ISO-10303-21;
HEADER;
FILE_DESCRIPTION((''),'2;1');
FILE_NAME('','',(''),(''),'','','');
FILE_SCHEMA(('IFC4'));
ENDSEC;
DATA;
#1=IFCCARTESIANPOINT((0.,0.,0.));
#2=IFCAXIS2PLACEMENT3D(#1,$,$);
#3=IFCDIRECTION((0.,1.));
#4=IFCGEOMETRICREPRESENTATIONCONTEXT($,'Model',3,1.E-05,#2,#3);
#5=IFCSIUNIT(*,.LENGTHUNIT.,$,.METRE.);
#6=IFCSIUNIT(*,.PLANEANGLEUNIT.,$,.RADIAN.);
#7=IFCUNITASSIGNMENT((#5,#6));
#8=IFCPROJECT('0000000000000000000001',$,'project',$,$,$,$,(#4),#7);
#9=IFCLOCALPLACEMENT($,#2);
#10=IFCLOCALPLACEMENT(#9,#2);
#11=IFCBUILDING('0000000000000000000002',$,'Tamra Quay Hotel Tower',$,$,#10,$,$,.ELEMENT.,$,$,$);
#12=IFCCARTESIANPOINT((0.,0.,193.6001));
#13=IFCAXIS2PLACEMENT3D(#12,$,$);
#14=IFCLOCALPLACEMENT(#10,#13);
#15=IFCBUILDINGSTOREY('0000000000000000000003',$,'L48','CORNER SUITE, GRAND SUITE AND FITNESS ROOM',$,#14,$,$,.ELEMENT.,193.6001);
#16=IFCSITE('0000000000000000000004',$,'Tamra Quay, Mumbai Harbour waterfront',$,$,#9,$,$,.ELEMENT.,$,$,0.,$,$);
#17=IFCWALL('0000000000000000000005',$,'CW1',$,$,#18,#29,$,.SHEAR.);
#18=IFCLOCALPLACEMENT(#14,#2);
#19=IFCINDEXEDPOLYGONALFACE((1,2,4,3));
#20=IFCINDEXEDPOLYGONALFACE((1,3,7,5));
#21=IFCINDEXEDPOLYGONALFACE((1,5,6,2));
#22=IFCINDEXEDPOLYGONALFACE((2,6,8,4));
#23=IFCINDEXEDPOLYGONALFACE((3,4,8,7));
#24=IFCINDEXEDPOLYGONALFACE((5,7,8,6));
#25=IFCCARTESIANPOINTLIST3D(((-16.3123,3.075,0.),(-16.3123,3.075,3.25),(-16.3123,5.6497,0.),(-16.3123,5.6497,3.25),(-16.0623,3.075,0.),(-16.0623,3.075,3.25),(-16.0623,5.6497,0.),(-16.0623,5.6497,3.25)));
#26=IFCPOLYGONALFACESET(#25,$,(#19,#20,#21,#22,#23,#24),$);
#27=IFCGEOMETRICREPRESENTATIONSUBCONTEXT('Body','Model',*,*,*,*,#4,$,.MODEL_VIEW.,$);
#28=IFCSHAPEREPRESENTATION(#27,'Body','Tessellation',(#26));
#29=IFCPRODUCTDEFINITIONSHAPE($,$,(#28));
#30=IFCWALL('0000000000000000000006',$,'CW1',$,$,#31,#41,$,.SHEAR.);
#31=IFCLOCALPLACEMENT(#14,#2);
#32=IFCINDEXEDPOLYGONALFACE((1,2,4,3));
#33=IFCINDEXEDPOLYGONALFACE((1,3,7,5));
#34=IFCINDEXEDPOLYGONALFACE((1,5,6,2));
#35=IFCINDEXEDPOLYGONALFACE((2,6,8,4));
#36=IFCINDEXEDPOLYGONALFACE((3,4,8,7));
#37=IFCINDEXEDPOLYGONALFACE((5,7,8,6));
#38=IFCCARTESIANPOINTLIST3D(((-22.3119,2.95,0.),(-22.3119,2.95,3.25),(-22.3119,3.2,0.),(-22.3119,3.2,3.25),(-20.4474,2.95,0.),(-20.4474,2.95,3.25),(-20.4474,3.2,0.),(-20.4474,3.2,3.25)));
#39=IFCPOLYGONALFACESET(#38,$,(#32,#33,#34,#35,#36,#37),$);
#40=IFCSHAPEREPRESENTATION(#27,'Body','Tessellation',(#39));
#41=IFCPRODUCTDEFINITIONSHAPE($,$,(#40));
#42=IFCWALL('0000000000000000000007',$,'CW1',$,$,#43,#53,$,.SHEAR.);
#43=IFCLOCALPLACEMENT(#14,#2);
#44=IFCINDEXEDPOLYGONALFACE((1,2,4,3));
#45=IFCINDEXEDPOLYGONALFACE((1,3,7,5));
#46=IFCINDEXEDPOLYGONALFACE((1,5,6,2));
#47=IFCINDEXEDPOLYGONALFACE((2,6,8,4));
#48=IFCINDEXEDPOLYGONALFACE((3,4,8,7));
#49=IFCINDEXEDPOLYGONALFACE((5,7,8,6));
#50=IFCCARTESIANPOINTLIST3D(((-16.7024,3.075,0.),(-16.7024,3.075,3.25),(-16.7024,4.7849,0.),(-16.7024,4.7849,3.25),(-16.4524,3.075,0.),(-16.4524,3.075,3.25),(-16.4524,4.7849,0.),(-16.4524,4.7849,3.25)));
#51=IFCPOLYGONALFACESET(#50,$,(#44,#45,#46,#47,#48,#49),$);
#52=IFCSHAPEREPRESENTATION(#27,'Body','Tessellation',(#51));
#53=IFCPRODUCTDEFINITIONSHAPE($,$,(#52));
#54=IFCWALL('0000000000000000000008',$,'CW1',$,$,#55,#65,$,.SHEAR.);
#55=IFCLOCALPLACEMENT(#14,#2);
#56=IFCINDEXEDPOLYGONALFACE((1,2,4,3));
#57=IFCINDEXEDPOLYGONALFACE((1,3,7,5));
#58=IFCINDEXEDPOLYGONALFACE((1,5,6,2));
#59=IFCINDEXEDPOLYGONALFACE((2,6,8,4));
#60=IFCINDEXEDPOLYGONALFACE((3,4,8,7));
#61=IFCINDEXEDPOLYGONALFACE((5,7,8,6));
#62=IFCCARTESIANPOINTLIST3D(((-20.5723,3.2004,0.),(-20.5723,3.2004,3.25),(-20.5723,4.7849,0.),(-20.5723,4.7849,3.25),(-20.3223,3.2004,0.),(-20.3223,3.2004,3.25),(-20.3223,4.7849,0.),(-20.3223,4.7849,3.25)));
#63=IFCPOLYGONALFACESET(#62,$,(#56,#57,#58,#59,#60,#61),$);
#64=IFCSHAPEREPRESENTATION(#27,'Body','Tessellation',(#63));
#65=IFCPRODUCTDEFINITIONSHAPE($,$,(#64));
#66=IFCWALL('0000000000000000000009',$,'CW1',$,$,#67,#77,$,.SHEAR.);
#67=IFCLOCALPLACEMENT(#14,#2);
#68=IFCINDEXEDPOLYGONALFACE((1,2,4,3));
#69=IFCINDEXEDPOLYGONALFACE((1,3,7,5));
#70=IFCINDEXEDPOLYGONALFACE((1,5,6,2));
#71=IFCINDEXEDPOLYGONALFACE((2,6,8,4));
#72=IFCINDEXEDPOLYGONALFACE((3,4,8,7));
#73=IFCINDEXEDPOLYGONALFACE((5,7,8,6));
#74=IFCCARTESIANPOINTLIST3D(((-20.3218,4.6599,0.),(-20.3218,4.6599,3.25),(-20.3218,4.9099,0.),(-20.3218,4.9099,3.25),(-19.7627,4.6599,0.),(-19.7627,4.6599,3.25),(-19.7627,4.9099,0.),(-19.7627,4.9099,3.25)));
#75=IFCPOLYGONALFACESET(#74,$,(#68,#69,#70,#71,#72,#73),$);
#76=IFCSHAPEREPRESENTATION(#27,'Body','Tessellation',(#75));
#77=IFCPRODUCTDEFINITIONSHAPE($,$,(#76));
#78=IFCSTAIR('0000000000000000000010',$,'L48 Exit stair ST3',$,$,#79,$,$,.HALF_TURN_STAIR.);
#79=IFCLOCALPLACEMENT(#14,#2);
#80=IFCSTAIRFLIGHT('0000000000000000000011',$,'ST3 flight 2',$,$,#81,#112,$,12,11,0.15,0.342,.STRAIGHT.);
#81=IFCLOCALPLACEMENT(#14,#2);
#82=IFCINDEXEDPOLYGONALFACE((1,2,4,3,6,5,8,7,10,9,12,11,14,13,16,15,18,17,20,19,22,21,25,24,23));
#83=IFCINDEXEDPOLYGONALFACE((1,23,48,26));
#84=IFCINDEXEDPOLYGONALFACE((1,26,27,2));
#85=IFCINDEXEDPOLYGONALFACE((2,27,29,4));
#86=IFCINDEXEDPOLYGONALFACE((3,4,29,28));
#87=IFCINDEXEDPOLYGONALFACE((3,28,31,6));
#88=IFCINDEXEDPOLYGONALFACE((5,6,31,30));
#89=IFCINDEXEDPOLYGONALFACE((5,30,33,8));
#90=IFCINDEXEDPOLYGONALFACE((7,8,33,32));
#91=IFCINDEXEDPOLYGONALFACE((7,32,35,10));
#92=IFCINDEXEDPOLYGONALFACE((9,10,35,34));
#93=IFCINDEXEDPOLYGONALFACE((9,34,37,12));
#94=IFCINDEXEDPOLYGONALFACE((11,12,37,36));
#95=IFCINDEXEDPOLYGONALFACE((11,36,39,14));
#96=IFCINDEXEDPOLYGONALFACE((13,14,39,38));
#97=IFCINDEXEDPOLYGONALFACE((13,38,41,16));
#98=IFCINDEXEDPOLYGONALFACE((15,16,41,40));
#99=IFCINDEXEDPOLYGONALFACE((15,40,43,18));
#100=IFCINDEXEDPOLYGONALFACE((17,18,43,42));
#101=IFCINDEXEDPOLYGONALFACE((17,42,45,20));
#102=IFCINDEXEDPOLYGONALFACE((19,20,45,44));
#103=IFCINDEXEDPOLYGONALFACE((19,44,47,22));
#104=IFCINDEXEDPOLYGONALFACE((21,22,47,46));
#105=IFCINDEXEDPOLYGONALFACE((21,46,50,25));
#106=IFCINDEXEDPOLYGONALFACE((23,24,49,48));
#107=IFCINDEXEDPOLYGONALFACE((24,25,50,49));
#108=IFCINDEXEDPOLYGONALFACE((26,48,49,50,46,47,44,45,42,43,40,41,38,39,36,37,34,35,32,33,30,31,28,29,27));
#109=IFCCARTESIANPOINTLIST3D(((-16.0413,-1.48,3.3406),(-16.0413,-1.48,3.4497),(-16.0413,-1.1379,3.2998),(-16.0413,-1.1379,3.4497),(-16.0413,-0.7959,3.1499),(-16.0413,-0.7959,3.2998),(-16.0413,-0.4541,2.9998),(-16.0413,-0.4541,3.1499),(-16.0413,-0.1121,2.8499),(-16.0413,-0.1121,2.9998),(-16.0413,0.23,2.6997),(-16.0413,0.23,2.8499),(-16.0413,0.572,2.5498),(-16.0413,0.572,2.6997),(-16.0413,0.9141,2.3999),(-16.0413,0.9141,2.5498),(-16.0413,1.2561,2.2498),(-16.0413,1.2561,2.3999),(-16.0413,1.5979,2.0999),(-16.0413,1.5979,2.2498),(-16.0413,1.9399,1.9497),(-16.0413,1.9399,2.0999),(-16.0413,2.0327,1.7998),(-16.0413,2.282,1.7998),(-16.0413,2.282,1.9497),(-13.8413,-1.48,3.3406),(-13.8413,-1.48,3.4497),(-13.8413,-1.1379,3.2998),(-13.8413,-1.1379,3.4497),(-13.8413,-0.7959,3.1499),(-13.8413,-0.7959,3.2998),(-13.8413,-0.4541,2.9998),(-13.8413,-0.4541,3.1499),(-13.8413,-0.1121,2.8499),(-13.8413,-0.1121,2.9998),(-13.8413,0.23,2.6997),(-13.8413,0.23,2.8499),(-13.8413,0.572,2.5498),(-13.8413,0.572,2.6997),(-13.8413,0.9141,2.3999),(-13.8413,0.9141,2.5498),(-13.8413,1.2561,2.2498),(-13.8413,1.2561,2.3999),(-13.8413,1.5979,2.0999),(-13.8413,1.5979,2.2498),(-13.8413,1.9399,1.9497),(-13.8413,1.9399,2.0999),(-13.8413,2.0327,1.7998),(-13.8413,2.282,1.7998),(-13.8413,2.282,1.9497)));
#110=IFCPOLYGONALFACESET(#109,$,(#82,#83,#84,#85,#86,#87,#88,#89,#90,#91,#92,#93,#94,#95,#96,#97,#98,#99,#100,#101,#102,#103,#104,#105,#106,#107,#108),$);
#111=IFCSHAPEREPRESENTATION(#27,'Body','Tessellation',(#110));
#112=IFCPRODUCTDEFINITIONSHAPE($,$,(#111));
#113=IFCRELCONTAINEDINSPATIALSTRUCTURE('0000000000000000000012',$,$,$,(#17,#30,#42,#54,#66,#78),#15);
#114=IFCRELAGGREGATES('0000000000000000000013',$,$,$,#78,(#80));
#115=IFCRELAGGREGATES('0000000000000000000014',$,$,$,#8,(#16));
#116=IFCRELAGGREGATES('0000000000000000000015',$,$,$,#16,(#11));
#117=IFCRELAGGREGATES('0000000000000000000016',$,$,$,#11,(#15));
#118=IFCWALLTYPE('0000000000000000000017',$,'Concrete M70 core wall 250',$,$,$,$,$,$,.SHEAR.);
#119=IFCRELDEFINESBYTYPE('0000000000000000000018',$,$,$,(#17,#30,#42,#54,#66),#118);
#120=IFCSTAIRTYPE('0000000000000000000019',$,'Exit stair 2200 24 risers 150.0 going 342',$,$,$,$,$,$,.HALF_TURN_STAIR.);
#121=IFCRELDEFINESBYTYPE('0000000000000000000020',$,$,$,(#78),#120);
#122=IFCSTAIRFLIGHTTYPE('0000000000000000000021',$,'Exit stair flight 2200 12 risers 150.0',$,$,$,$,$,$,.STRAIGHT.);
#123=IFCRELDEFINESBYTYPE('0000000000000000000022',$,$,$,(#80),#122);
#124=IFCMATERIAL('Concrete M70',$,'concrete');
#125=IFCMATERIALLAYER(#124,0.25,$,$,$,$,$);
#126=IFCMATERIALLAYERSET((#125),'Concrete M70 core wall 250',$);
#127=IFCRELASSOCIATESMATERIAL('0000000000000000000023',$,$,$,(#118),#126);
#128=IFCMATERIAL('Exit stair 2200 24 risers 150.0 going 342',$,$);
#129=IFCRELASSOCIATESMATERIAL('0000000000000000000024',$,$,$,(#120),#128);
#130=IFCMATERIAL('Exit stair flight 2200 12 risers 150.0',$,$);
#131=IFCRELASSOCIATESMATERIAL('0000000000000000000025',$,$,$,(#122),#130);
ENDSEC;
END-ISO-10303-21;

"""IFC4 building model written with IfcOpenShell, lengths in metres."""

from ifc_helpers import new_model, si_unit, direction, frame, frame_2d, origin, place, context, subcontext, project, spatial, polyline, rectangle, outline, extrude, material, layer, layer_set, type_object, element, aggregate, save


model = new_model("IFC4")

# Units and contexts
model_context = context("Model", 3, precision=1e-05, world=origin(), true_north=direction((0.0, 1.0)))
body_context = subcontext(model_context, "Body", "Model", "MODEL_VIEW")
ifc_project = project(units=[si_unit("LENGTHUNIT", "METRE"), si_unit("PLANEANGLEUNIT", "RADIAN")], contexts=[model_context])

# Site, building, storey
site_placement = place(None, origin())
site = spatial("IfcSite", under=ifc_project, at=site_placement, Name="Tamra Quay, Mumbai Harbour waterfront", CompositionType="ELEMENT", RefElevation=0.0)
building_placement = place(site_placement, origin())
building = spatial("IfcBuilding", under=site, at=building_placement, Name="Tamra Quay Hotel Tower", CompositionType="ELEMENT")
storey_placement = place(building_placement, frame((0.0, 0.0, 193.6001)))
storey = spatial("IfcBuildingStorey", under=building, at=storey_placement, Name="L48", Description="CORNER SUITE, GRAND SUITE AND FITNESS ROOM", CompositionType="ELEMENT", Elevation=193.6001)

# Shared definitions
ifc_material_1 = material(Name="Concrete M70", Category="concrete")

# Walls
ifc_layer_1 = layer(ifc_material_1, 0.25)
ifc_layer_set_1 = layer_set([ifc_layer_1], Name="Concrete M70 core wall 250")
wall_type_1 = type_object("IfcWallType", Name="Concrete M70 core wall 250", PredefinedType="SHEAR", material=ifc_layer_set_1)
wall_1_placement = place(storey_placement, frame((-16.1873, 3.075, 0.0), z_axis=(0.0, 0.0, 1.0), x_axis=(0.0, 1.0, 0.0)))
element("IfcWall", 1, at=wall_1_placement, inside=storey, type_object=wall_type_1, Name="CW1", PredefinedType="SHEAR", context=body_context, shape_type="SweptSolid", body=[
    extrude(rectangle(XDim=2.5747, YDim=0.25, at=frame_2d((1.2874, 0.0))), origin(), (0.0, 0.0, 1.0), 3.25),
])
wall_2_placement = place(storey_placement, frame((-22.3118, 3.075, 0.0), z_axis=(0.0, 0.0, 1.0), x_axis=(1.0, 0.0, 0.0)))
element("IfcWall", 2, at=wall_2_placement, inside=storey, type_object=wall_type_1, Name="CW1", PredefinedType="SHEAR", context=body_context, shape_type="SweptSolid", body=[
    extrude(rectangle(XDim=1.8645, YDim=0.25, at=frame_2d((0.9321, 0.0))), origin(), (0.0, 0.0, 1.0), 3.25),
])
wall_3_placement = place(storey_placement, frame((-16.5774, 4.7849, 0.0), z_axis=(0.0, 0.0, 1.0), x_axis=(0.0, -1.0, 0.0)))
element("IfcWall", 3, at=wall_3_placement, inside=storey, type_object=wall_type_1, Name="CW1", PredefinedType="SHEAR", context=body_context, shape_type="SweptSolid", body=[
    extrude(rectangle(XDim=1.71, YDim=0.25, at=frame_2d((0.855, 0.0))), origin(), (0.0, 0.0, 1.0), 3.25),
])
wall_4_placement = place(storey_placement, frame((-20.4473, 3.2004, 0.0), z_axis=(0.0, 0.0, 1.0), x_axis=(0.0, 1.0, 0.0)))
element("IfcWall", 4, at=wall_4_placement, inside=storey, type_object=wall_type_1, Name="CW1", PredefinedType="SHEAR", context=body_context, shape_type="SweptSolid", body=[
    extrude(rectangle(XDim=1.5845, YDim=0.25, at=frame_2d((0.7922, 0.0))), origin(), (0.0, 0.0, 1.0), 3.25),
])
wall_5_placement = place(storey_placement, frame((-20.3218, 4.7849, 0.0), z_axis=(0.0, 0.0, 1.0), x_axis=(1.0, 0.0, 0.0)))
element("IfcWall", 5, at=wall_5_placement, inside=storey, type_object=wall_type_1, Name="CW1", PredefinedType="SHEAR", context=body_context, shape_type="SweptSolid", body=[
    extrude(rectangle(XDim=0.5591, YDim=0.25, at=frame_2d((0.2795, 0.0))), origin(), (0.0, 0.0, 1.0), 3.25),
])

# Stair, stair flight
ifc_material_2 = material(Name="Exit stair 2200 24 risers 150.0 going 342")
stair_type = type_object("IfcStairType", Name="Exit stair 2200 24 risers 150.0 going 342", PredefinedType="HALF_TURN_STAIR", material=ifc_material_2)
stair_placement = place(storey_placement, origin())
stair = element("IfcStair", 6, at=stair_placement, inside=storey, type_object=stair_type, Name="L48 Exit stair ST3", PredefinedType="HALF_TURN_STAIR")
ifc_material_3 = material(Name="Exit stair flight 2200 12 risers 150.0")
stair_flight_type = type_object("IfcStairFlightType", Name="Exit stair flight 2200 12 risers 150.0", PredefinedType="STRAIGHT", material=ifc_material_3)
stair_flight_placement = place(storey_placement, frame((-14.9414, 2.282, 1.7998), z_axis=(0.0, 0.0, 1.0), x_axis=(0.0, -1.0, 0.0)))
stair_flight = element("IfcStairFlight", 7, at=stair_flight_placement, type_object=stair_flight_type, Name="ST3 flight 2", NumberOfRisers=12, NumberOfTreads=11, PredefinedType="STRAIGHT", RiserHeight=0.15, TreadLength=0.342, context=body_context, shape_type="SweptSolid", body=[
    extrude(outline(polyline([(0.0, 0.0), (0.0, 0.1499), (0.342, 0.1499), (0.342, 0.3), (0.6841, 0.3), (0.6841, 0.45), (1.0259, 0.45), (1.0259, 0.6001), (1.3679, 0.6001), (1.3679, 0.75), (1.71, 0.75), (1.71, 0.8999), (2.052, 0.8999), (2.052, 1.05), (2.394, 1.05), (2.394, 1.2), (2.7361, 1.2), (2.7361, 1.3501), (3.0779, 1.3501), (3.0779, 1.5), (3.4199, 1.5), (3.4199, 1.6499), (3.762, 1.6499), (3.762, 1.8), (3.762, 1.5408), (0.2493, 0.0), (0.0, 0.0)])), frame((0.0, 1.1001, 0.0), z_axis=(0.0, -1.0, 0.0), x_axis=(1.0, 0.0, 0.0)), (0.0, 0.0, 1.0), 2.2),
])
aggregate(stair, [stair_flight])

save(model, "model.ifc")
